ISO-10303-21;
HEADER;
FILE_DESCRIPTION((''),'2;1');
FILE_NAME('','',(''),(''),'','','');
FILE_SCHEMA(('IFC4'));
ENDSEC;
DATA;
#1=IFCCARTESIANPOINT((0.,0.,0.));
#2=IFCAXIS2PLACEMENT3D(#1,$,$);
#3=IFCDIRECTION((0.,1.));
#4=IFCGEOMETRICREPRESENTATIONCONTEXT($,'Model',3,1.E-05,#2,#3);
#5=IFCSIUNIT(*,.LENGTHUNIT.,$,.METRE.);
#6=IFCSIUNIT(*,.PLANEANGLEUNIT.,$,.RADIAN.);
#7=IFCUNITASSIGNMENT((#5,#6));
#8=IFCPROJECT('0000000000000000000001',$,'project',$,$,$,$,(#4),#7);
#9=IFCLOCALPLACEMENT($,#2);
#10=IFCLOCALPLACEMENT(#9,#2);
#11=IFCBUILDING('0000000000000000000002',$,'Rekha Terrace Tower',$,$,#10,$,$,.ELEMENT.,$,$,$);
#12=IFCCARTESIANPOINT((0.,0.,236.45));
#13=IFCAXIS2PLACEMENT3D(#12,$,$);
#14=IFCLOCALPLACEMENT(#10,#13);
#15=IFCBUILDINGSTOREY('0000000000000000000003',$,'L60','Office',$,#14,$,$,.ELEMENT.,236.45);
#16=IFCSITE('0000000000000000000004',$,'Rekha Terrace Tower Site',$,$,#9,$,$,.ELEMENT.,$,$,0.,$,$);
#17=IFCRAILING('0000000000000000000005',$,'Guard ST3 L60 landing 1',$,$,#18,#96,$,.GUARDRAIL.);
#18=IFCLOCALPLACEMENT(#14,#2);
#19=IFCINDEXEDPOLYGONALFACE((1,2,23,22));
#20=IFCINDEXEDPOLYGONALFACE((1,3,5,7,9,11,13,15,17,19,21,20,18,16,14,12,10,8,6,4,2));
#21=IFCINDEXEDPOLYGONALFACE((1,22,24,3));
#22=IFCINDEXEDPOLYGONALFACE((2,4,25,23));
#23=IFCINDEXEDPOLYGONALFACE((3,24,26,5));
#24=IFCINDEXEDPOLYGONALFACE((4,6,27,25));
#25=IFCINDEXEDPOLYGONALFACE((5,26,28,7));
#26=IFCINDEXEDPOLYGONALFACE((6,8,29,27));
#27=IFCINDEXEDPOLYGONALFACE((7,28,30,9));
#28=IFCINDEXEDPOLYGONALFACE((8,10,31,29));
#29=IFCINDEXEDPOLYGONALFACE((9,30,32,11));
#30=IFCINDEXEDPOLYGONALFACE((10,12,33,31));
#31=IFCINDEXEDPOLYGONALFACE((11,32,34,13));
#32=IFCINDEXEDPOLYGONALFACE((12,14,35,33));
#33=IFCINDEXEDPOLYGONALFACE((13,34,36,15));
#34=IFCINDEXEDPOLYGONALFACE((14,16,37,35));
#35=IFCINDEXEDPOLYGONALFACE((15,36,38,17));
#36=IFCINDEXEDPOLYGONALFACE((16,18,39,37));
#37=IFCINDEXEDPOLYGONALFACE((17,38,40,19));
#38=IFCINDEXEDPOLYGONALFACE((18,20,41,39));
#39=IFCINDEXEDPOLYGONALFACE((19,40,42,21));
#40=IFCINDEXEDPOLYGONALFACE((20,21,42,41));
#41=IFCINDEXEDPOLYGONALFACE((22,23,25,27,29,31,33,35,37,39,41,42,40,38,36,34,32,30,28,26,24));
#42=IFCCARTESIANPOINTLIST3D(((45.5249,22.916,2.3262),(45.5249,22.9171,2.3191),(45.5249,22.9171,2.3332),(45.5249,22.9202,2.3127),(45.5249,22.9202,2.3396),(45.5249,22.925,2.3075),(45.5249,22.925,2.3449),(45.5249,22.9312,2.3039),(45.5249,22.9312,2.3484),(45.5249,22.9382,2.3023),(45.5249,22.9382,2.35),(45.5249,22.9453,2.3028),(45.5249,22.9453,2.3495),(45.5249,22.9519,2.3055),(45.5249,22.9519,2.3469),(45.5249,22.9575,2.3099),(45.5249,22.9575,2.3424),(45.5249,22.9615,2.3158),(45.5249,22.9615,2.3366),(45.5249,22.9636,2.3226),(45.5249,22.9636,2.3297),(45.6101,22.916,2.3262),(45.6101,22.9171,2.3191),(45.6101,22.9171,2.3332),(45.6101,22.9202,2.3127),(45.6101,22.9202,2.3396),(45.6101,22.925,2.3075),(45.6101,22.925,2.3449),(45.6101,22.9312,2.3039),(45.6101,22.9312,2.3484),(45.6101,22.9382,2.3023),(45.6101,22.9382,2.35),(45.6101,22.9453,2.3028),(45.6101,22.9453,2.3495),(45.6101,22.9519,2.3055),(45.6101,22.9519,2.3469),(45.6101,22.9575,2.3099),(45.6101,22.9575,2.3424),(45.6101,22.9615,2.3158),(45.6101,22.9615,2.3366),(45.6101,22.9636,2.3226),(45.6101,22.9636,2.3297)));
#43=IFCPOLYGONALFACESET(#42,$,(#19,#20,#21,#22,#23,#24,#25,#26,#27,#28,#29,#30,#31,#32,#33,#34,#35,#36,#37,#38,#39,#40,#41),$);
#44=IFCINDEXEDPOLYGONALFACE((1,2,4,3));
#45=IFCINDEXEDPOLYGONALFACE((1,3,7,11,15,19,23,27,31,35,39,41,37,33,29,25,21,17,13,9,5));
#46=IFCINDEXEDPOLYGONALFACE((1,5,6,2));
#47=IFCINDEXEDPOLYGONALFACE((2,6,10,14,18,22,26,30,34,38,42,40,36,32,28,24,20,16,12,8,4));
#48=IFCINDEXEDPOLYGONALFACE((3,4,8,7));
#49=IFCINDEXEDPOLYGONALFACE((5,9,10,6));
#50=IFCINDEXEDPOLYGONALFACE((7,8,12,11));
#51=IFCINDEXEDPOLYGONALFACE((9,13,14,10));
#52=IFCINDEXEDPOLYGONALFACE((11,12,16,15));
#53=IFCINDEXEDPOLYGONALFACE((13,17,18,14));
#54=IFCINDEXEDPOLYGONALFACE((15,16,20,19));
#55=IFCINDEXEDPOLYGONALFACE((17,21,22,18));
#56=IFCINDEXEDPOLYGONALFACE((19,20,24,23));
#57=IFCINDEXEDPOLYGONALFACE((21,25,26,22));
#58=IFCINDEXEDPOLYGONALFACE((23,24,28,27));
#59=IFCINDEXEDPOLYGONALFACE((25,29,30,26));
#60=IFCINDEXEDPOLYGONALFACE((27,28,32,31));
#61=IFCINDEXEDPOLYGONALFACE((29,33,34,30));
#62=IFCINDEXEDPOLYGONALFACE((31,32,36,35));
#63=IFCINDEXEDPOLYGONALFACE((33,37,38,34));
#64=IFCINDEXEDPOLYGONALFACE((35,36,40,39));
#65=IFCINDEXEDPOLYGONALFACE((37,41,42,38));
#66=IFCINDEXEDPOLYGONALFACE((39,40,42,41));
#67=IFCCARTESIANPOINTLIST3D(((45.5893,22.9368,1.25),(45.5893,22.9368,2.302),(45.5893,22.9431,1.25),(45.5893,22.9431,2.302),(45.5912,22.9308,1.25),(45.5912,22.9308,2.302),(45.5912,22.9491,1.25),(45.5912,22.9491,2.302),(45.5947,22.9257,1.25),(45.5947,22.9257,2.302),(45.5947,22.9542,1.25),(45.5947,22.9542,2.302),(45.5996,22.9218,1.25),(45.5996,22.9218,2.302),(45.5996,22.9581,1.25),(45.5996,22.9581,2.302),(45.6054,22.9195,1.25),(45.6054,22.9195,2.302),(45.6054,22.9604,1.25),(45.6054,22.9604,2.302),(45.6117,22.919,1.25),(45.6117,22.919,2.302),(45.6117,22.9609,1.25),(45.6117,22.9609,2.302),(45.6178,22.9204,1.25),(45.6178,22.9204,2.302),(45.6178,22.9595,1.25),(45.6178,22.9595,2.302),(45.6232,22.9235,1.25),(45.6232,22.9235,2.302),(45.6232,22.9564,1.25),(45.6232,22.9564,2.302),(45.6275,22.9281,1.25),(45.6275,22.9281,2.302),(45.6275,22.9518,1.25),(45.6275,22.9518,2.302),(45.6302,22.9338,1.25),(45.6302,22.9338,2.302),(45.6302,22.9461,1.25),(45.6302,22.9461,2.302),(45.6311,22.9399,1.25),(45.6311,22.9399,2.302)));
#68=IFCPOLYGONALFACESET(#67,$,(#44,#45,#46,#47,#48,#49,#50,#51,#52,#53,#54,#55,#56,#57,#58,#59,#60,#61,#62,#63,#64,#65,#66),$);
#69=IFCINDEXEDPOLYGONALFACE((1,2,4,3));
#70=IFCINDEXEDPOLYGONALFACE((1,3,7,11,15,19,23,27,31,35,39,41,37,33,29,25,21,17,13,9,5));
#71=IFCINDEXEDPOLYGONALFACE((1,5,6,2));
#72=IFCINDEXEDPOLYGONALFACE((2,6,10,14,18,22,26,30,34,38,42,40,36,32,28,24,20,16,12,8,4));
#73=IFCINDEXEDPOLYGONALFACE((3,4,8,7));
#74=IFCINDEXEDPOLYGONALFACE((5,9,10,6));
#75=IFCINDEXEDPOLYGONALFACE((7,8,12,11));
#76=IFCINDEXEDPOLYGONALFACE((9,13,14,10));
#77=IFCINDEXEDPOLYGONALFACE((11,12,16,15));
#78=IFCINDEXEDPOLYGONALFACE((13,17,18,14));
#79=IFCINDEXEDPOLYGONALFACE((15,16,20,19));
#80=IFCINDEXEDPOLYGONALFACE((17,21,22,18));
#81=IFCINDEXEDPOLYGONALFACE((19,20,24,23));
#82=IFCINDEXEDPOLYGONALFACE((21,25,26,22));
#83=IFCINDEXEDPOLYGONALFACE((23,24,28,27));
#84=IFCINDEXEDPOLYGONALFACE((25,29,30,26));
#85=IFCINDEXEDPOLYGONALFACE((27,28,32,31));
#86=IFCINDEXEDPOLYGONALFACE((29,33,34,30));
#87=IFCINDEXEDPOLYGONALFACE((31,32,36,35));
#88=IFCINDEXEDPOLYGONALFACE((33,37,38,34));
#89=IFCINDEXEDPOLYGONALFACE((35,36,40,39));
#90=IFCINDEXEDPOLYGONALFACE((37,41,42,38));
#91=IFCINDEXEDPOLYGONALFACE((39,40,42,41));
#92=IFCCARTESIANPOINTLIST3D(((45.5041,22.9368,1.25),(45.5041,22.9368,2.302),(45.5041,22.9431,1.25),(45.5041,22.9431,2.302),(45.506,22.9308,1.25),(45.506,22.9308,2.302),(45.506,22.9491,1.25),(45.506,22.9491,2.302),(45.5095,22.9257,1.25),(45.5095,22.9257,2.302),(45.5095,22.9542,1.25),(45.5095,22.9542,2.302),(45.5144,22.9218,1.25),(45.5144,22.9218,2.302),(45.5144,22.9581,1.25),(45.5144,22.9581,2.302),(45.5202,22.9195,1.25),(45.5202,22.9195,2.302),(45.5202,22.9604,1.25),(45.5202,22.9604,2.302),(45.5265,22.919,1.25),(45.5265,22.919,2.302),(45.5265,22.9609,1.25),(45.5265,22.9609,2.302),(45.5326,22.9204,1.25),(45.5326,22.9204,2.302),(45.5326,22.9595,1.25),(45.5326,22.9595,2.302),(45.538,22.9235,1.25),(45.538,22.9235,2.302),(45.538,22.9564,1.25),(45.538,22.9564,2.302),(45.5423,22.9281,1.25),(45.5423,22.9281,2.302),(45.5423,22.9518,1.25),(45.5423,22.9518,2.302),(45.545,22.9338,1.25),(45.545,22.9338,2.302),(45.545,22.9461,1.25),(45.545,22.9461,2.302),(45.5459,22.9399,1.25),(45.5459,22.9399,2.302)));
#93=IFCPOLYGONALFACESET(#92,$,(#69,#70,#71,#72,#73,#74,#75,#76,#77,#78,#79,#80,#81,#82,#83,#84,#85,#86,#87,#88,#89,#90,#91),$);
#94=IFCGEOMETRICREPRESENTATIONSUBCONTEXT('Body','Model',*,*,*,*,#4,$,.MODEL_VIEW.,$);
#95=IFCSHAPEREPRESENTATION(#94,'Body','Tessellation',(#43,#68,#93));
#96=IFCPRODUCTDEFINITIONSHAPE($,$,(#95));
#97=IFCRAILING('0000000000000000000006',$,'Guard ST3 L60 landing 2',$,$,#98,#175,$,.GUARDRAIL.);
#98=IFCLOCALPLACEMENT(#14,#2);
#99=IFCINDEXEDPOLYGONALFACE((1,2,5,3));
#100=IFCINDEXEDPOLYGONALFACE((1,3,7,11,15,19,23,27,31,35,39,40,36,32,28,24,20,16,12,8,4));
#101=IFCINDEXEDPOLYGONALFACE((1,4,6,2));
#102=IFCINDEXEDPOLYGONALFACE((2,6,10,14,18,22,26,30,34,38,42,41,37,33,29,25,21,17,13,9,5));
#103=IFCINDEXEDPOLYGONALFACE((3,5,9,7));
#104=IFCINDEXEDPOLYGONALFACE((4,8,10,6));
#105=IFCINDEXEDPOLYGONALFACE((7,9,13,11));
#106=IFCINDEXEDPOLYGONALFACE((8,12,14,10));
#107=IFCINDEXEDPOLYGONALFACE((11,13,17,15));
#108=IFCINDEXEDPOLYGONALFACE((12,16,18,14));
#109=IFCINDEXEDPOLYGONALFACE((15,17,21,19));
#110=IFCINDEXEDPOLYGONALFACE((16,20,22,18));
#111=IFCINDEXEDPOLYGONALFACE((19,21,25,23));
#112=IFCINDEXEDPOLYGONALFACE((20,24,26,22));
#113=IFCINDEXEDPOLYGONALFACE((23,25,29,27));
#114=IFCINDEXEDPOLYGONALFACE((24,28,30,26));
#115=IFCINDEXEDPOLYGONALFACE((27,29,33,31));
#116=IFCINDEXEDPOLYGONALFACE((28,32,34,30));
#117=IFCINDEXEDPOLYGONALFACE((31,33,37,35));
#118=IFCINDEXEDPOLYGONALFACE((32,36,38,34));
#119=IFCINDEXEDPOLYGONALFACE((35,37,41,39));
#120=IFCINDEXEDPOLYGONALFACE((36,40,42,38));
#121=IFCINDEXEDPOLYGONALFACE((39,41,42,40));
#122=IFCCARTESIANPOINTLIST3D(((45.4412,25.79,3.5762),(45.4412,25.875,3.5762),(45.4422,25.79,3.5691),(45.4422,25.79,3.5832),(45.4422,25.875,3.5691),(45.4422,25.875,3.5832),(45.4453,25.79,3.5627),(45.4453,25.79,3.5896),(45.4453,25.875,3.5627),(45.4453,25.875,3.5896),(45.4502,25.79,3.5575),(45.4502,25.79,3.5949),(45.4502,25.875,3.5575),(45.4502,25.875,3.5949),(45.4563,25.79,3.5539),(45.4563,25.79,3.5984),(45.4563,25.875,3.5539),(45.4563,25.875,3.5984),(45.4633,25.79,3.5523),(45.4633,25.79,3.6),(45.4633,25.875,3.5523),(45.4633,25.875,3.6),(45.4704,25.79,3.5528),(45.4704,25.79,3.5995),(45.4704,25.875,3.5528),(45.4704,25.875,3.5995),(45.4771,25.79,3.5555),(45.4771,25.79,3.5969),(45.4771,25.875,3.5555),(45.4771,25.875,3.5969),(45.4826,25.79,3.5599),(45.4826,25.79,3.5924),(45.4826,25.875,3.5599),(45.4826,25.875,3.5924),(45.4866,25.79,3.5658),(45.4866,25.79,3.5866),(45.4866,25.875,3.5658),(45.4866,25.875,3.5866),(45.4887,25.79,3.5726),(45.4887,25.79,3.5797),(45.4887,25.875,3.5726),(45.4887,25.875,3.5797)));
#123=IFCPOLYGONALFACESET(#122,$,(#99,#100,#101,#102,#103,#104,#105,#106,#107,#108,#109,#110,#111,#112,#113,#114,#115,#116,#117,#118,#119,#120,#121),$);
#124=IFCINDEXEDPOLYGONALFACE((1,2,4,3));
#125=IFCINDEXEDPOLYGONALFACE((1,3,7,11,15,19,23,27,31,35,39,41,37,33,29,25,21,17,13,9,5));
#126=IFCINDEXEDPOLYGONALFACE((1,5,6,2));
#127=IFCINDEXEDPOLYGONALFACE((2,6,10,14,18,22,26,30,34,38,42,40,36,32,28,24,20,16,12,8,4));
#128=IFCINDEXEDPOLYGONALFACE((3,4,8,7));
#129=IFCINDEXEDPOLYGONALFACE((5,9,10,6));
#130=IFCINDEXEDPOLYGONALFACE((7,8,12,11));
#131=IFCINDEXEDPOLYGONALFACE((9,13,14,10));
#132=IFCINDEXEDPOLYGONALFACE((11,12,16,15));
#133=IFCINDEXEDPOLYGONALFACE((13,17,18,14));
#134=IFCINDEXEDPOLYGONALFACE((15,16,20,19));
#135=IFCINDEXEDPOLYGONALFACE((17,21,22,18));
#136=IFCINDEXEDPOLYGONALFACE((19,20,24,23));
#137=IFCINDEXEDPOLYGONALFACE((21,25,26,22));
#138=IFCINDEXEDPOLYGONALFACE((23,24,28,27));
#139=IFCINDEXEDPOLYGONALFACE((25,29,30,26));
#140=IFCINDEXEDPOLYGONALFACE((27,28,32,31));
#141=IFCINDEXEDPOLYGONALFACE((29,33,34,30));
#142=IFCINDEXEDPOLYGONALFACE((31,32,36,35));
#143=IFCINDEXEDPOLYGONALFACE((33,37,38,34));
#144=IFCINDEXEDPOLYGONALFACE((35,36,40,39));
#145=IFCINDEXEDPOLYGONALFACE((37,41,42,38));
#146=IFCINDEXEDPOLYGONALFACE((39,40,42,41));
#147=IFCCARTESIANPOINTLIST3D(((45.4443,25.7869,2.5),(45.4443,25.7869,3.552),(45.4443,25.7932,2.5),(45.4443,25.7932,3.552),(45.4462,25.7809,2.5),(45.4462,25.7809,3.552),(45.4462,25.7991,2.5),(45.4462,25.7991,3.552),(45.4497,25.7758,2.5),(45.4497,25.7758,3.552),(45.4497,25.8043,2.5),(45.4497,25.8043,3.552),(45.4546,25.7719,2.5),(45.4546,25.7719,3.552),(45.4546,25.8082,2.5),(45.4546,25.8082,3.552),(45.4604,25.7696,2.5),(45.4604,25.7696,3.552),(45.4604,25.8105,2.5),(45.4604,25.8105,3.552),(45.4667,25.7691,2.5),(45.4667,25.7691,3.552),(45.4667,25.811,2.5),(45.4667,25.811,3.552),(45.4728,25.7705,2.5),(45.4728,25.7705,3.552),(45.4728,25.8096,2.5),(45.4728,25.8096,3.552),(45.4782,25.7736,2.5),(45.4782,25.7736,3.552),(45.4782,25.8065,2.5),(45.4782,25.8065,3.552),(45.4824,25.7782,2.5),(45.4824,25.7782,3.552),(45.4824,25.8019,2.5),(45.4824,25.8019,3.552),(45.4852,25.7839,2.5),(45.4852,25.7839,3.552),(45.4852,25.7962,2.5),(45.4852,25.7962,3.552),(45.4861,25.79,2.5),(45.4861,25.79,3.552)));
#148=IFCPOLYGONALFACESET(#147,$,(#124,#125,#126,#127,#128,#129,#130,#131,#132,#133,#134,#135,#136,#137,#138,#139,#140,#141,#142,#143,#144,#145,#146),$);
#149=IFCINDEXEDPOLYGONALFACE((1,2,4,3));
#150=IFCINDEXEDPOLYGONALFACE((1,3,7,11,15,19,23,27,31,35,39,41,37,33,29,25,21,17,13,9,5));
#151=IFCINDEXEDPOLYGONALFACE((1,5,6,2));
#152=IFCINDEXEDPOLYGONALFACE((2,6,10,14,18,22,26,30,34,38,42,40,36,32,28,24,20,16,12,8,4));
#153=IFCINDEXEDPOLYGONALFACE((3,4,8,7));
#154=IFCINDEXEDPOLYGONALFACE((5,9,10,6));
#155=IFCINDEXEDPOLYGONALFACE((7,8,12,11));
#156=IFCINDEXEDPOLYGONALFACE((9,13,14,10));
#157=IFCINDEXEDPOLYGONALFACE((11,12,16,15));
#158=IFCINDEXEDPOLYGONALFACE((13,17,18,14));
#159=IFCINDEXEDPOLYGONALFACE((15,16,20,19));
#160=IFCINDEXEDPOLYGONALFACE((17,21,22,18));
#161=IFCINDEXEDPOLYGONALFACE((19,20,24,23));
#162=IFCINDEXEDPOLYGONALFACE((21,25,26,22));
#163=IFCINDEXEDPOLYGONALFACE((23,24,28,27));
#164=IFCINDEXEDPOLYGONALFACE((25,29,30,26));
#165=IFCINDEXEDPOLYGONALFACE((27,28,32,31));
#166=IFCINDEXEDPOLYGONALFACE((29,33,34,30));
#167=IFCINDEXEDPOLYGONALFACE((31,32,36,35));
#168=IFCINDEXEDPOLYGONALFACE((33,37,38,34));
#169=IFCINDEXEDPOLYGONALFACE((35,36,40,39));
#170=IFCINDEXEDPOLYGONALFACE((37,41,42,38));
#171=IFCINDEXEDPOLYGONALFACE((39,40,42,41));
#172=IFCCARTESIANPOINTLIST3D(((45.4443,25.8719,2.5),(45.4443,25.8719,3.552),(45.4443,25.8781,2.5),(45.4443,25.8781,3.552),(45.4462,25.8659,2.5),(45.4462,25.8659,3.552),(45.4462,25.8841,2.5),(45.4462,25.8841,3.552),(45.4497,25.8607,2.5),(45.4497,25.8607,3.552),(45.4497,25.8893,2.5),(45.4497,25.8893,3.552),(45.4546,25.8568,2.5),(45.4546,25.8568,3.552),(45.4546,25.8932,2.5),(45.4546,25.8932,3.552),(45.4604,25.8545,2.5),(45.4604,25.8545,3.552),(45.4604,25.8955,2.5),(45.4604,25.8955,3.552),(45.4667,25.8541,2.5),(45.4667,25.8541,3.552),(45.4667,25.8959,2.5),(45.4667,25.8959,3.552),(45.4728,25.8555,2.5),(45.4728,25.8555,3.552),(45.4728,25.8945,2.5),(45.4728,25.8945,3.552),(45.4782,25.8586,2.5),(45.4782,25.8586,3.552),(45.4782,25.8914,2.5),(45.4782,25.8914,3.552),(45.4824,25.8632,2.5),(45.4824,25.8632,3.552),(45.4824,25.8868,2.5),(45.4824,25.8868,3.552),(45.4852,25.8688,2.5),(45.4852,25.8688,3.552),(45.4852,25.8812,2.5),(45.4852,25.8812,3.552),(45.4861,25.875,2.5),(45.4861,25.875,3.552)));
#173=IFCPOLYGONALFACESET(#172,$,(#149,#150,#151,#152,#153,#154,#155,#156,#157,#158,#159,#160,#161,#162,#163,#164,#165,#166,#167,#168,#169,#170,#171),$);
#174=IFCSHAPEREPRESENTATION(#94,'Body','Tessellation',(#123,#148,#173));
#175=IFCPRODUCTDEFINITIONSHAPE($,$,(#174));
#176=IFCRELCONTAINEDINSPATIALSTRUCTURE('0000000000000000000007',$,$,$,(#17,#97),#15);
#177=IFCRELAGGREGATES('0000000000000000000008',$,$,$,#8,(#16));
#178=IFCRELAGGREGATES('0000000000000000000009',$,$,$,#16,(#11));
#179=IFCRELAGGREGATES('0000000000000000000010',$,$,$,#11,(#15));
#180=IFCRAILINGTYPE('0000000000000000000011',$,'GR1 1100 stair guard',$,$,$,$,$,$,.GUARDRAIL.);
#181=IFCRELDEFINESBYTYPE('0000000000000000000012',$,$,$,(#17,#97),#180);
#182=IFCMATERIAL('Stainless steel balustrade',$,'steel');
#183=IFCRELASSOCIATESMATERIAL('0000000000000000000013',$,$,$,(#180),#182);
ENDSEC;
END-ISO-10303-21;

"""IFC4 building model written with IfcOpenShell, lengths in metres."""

from ifc_helpers import new_model, si_unit, direction, frame, origin, origin_2d, place, context, subcontext, project, spatial, circle, extrude, material, type_object, element, save


model = new_model("IFC4")

# Units and contexts
model_context = context("Model", 3, precision=1e-05, world=origin(), true_north=direction((0.0, 1.0)))
body_context = subcontext(model_context, "Body", "Model", "MODEL_VIEW")
ifc_project = project(units=[si_unit("LENGTHUNIT", "METRE"), si_unit("PLANEANGLEUNIT", "RADIAN")], contexts=[model_context])

# Site, building, storey
site_placement = place(None, origin())
site = spatial("IfcSite", under=ifc_project, at=site_placement, Name="Rekha Terrace Tower Site", CompositionType="ELEMENT", RefElevation=0.0)
building_placement = place(site_placement, origin())
building = spatial("IfcBuilding", under=site, at=building_placement, Name="Rekha Terrace Tower", CompositionType="ELEMENT")
storey_placement = place(building_placement, frame((0.0, 0.0, 236.45)))
storey = spatial("IfcBuildingStorey", under=building, at=storey_placement, Name="L60", Description="Office", CompositionType="ELEMENT", Elevation=236.45)

# Railings
ifc_material_1 = material(Name="Stainless steel balustrade", Category="steel")
railing_type_1 = type_object("IfcRailingType", Name="GR1 1100 stair guard", PredefinedType="GUARDRAIL", material=ifc_material_1)
railing_1_placement = place(storey_placement, frame((45.6101, 22.9399, 1.25)))
element("IfcRailing", 1, at=railing_1_placement, inside=storey, type_object=railing_type_1, Name="Guard ST3 L60 landing 1", PredefinedType="GUARDRAIL", context=body_context, shape_type="SweptSolid", body=[
    extrude(circle(Radius=0.0239, at=origin_2d()), frame((0.0, 0.0, 1.0762), z_axis=(-1.0, 0.0, 0.0), x_axis=(0.0, -1.0, 0.0)), (0.0, 0.0, 1.0), 0.0852),
    extrude(circle(Radius=0.021, at=origin_2d()), origin(), (0.0, 0.0, 1.0), 1.052),
    extrude(circle(Radius=0.021, at=origin_2d()), frame((-0.0852, 0.0, 0.0)), (0.0, 0.0, 1.0), 1.052),
])
railing_2_placement = place(storey_placement, frame((45.4651, 25.79, 2.5)))
element("IfcRailing", 2, at=railing_2_placement, inside=storey, type_object=railing_type_1, Name="Guard ST3 L60 landing 2", PredefinedType="GUARDRAIL", context=body_context, shape_type="SweptSolid", body=[
    extrude(circle(Radius=0.0239, at=origin_2d()), frame((0.0, 0.0, 1.0762), z_axis=(0.0, 1.0, 0.0), x_axis=(-1.0, 0.0, 0.0)), (0.0, 0.0, 1.0), 0.085),
    extrude(circle(Radius=0.021, at=origin_2d()), origin(), (0.0, 0.0, 1.0), 1.052),
    extrude(circle(Radius=0.021, at=origin_2d()), frame((0.0, 0.085, 0.0)), (0.0, 0.0, 1.0), 1.052),
])

save(model, "model.ifc")
